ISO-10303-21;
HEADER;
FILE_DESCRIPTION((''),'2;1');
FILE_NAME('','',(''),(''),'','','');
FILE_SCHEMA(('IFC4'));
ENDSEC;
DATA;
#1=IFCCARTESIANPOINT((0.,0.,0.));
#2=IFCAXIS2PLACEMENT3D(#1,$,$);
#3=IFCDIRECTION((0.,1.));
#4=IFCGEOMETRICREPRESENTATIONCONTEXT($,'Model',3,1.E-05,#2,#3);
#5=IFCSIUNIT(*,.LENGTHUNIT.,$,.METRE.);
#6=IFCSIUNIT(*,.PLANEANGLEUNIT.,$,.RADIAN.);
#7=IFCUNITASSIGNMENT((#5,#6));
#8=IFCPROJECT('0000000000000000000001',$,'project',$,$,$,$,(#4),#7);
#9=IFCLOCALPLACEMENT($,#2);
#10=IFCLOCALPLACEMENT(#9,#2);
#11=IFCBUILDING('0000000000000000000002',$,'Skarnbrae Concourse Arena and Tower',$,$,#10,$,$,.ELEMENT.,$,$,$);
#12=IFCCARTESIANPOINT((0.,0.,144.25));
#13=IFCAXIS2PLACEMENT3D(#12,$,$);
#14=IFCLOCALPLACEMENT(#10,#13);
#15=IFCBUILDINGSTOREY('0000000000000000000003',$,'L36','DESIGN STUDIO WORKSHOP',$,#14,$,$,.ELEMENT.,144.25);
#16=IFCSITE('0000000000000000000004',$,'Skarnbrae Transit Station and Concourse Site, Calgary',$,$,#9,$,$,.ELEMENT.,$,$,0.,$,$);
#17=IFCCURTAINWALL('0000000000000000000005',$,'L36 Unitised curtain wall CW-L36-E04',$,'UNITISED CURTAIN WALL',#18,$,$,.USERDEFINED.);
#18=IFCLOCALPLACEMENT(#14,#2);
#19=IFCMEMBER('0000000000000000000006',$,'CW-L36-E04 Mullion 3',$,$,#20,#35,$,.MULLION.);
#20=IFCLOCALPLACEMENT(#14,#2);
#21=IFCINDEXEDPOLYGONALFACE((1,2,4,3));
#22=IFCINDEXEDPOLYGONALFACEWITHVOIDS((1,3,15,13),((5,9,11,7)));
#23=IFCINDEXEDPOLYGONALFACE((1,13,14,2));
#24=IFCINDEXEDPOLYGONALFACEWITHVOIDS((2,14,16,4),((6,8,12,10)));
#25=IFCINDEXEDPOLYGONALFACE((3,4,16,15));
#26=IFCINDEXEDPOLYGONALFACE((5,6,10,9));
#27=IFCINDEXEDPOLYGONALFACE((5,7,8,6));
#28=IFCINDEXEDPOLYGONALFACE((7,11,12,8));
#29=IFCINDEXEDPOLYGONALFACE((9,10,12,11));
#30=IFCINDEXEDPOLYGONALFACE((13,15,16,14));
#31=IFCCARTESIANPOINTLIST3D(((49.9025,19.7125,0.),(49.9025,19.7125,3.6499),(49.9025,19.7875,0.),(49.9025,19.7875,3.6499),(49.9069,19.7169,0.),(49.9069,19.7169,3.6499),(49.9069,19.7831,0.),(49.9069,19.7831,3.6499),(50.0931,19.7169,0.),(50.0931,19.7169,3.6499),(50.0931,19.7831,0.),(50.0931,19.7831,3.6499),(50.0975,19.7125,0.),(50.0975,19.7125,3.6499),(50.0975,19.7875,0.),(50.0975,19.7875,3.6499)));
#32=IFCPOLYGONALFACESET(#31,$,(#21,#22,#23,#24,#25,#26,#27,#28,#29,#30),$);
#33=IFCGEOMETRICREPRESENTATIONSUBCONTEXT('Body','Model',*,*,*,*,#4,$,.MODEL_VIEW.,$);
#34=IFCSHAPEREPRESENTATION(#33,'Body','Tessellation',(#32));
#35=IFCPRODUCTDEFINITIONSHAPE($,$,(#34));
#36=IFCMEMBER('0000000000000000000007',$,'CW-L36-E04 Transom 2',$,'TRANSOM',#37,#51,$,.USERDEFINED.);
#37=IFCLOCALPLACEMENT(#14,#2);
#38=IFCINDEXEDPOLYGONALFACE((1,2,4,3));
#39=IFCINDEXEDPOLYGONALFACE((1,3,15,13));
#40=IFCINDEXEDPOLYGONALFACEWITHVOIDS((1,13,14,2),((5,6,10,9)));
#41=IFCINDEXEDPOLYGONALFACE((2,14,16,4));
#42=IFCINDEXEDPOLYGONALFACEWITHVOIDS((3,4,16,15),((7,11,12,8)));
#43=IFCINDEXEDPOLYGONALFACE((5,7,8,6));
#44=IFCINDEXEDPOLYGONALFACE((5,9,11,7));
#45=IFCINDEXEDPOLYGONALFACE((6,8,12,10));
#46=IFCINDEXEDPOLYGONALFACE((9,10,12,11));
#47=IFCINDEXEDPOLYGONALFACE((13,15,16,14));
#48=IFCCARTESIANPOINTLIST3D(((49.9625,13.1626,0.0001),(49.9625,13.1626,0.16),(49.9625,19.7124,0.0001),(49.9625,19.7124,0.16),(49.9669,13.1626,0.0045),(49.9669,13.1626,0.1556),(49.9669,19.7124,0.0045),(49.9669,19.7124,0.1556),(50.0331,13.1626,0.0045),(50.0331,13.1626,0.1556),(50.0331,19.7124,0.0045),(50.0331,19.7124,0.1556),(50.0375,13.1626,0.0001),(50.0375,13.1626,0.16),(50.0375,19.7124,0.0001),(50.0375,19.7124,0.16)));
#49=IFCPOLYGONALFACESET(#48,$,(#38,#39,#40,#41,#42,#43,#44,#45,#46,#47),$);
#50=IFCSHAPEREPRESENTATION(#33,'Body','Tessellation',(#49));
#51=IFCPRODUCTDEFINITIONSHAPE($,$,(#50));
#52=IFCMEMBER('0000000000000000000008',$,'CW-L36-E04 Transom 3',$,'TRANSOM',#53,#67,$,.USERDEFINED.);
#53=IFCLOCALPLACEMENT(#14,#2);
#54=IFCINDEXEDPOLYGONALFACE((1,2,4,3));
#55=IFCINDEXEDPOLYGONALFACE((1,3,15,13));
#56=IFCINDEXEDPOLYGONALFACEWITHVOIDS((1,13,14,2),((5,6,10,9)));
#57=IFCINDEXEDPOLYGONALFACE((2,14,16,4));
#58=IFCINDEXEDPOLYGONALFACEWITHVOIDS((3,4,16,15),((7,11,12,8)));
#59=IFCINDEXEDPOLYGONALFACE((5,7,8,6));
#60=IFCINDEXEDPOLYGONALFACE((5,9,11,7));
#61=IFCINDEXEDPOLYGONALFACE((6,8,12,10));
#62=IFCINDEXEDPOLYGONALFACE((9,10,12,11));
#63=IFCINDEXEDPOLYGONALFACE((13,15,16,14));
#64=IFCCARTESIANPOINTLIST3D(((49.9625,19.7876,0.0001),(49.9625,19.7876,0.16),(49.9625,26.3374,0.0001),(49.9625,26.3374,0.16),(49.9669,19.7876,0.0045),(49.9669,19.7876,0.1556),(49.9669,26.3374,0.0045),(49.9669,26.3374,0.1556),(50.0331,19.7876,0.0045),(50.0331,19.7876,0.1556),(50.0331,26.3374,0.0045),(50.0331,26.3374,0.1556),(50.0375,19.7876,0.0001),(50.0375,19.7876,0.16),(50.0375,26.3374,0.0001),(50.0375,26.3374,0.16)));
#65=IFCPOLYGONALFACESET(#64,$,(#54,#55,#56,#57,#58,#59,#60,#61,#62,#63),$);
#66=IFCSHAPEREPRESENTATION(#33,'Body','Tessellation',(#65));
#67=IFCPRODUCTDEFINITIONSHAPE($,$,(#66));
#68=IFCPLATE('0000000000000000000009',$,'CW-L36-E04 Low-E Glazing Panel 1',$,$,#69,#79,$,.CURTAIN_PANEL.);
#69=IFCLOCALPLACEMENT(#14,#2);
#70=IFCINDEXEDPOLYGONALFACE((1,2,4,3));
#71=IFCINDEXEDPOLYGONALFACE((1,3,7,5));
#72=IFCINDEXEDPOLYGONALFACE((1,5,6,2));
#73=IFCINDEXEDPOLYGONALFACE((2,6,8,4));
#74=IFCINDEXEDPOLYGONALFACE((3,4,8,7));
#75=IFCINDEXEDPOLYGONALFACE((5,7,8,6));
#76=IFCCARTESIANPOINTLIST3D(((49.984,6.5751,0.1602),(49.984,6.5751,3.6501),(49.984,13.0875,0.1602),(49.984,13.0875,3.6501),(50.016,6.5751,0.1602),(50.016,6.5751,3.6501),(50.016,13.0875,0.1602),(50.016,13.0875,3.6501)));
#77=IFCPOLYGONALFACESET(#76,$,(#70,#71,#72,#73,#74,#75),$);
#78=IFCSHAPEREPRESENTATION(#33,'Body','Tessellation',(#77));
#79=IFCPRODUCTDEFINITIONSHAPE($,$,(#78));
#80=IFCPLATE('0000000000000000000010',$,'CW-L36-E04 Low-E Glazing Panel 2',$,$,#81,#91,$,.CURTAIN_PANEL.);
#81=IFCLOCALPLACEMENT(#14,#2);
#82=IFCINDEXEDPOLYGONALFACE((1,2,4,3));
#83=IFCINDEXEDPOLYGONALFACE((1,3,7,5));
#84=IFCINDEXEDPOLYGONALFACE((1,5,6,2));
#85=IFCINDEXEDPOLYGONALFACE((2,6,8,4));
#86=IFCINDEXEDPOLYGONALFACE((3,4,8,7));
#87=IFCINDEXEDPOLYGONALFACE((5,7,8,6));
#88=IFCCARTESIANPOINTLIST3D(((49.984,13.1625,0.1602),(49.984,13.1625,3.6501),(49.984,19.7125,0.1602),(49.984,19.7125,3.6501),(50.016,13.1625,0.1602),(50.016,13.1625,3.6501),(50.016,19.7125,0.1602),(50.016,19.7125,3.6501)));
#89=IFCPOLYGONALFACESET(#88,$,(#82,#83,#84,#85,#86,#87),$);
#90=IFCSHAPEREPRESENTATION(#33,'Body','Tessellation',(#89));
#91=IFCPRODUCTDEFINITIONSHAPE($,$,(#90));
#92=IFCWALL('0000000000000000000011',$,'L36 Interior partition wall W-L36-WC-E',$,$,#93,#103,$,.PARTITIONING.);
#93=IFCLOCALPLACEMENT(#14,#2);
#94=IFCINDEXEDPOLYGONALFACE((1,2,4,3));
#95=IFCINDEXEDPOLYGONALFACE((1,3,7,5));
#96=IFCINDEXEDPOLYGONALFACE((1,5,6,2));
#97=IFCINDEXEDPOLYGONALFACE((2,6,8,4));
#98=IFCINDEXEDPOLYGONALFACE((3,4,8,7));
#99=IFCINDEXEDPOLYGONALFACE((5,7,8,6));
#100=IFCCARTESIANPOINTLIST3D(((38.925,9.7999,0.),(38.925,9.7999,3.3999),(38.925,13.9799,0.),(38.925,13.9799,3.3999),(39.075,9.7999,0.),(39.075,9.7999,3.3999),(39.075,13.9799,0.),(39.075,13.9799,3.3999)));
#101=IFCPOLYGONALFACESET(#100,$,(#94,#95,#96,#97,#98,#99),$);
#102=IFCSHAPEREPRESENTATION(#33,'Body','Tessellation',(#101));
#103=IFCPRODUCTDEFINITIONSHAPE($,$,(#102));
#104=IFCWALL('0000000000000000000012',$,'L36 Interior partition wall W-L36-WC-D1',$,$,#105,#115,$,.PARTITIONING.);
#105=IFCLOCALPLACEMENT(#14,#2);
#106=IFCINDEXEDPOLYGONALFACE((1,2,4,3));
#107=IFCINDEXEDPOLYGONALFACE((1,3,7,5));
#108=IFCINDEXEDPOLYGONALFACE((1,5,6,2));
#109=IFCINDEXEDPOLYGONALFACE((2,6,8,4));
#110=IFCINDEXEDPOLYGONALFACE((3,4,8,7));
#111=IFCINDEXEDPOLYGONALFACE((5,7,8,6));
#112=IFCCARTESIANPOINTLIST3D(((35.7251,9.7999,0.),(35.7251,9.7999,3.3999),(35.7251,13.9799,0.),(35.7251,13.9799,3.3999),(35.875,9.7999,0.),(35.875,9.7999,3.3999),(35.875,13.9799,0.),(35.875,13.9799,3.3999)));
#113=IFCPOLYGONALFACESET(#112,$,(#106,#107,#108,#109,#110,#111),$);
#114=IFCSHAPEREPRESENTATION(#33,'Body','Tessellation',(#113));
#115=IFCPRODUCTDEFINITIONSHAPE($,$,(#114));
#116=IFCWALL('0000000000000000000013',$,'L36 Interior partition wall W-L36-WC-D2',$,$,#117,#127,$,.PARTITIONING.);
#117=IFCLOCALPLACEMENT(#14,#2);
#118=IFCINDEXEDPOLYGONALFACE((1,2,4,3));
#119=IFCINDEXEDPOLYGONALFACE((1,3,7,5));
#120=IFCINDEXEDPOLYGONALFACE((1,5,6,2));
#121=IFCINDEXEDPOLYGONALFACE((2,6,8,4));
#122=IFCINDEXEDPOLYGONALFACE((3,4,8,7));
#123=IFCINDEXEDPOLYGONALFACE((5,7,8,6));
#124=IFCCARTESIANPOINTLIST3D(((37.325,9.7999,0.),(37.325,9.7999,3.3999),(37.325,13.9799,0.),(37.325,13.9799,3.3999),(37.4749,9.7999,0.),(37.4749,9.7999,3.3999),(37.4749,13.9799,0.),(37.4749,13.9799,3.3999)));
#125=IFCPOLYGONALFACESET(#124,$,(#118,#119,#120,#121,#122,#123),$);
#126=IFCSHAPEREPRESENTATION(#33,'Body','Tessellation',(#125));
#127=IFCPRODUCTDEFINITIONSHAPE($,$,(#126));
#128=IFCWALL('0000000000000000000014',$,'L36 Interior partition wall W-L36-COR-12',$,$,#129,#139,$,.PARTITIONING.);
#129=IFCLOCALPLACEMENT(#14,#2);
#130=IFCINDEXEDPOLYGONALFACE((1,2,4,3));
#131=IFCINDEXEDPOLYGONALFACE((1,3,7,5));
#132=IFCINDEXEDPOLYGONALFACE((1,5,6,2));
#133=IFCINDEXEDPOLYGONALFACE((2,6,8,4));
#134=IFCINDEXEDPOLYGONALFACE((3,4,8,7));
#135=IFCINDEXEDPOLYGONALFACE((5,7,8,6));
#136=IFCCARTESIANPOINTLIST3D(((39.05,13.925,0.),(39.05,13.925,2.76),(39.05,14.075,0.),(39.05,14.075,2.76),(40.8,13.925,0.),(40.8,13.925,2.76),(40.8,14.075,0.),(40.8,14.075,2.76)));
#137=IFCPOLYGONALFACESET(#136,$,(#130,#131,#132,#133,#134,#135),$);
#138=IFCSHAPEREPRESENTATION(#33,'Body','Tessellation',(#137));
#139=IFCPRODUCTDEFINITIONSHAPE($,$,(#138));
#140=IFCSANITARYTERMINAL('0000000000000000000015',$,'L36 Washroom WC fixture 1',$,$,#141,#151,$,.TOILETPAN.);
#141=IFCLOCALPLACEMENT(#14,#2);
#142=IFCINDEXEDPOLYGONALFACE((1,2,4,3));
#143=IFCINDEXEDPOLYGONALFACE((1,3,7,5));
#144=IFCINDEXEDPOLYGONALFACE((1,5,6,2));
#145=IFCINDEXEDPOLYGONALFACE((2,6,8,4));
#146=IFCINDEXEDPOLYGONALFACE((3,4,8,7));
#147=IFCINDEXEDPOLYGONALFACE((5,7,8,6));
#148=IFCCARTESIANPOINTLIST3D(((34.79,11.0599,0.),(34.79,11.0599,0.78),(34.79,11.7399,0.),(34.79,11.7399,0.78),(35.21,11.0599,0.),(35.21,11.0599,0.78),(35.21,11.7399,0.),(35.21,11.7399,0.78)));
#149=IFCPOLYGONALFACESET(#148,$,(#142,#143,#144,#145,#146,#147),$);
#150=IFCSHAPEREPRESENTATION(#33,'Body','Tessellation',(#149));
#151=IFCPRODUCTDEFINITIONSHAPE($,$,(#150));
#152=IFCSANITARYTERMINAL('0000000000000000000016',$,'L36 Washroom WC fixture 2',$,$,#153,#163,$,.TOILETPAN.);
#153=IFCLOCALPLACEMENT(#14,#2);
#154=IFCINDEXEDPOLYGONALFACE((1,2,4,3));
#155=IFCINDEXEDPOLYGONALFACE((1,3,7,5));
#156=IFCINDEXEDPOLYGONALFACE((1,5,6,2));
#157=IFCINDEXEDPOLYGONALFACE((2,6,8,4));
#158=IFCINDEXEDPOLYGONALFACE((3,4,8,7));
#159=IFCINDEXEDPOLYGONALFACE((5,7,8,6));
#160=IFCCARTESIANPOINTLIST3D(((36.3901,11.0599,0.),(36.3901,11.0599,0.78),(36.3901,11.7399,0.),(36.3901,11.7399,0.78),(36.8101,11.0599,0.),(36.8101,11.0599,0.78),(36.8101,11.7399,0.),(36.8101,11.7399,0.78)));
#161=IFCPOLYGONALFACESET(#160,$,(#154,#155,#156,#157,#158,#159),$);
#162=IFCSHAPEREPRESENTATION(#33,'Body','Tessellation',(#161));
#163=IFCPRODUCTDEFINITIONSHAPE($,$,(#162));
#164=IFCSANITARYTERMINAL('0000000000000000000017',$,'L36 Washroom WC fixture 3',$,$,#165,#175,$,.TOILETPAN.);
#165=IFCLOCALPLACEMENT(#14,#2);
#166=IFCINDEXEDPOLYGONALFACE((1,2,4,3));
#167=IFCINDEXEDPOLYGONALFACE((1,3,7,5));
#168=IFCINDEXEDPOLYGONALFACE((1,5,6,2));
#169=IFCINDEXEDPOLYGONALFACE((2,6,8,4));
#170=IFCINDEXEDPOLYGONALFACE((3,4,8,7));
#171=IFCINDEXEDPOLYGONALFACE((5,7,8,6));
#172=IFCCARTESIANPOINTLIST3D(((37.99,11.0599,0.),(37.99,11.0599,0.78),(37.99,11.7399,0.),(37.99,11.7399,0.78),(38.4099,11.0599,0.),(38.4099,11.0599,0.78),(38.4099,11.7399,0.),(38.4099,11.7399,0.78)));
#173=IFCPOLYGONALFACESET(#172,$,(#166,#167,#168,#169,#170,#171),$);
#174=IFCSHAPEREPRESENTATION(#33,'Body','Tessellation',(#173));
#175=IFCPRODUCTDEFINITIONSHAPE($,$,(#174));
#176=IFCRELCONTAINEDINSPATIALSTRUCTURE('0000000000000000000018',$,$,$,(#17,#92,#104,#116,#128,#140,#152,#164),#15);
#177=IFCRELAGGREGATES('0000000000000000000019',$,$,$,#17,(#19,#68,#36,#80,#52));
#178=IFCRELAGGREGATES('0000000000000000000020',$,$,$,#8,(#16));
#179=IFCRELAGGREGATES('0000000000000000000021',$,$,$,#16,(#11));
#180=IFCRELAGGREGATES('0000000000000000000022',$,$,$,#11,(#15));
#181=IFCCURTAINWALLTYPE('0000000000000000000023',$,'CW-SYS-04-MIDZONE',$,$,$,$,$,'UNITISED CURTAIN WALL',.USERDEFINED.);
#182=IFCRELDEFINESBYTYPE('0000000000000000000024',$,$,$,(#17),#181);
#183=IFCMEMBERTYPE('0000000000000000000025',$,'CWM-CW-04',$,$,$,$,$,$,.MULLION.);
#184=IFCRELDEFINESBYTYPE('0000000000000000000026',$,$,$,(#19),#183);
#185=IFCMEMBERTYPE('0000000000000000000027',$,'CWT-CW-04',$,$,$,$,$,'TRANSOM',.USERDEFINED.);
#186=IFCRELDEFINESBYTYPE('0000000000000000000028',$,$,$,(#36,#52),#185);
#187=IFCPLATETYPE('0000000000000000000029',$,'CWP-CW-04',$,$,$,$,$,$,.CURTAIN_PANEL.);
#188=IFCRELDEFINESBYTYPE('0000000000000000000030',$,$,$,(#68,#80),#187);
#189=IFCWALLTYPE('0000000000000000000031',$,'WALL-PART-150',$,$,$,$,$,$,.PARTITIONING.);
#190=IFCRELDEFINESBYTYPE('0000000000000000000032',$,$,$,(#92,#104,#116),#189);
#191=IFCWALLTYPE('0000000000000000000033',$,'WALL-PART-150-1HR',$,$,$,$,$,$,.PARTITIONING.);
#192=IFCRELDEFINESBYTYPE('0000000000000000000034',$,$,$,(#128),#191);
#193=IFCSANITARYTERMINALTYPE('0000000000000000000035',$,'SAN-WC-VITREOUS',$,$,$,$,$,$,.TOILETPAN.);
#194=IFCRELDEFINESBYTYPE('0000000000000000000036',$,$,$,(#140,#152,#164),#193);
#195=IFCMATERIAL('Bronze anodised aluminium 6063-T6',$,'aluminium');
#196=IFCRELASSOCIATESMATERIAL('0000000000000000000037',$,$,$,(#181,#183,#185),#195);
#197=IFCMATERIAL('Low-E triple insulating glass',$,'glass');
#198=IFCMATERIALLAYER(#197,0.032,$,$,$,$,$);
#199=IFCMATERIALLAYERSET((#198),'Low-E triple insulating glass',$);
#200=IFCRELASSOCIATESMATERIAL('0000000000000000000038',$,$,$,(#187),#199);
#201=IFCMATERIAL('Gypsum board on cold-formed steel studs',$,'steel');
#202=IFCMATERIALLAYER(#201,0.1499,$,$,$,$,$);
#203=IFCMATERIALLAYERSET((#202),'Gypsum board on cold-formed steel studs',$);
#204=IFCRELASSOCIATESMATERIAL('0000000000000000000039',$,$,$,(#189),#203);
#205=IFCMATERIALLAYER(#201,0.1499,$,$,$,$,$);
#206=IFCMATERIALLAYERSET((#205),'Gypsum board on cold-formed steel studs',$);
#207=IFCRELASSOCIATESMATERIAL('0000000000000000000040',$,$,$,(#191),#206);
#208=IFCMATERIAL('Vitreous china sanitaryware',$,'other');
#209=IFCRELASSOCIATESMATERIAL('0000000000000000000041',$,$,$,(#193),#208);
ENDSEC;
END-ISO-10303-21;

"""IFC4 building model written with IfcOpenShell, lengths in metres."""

from ifc_helpers import new_model, si_unit, direction, frame, frame_2d, origin, origin_2d, place, context, subcontext, project, spatial, rectangle, hollow_rectangle, extrude, source, transform, mapped, material, layer, layer_set, material_profile, profile_set, type_object, element, aggregate, save


model = new_model("IFC4")

# Units and contexts
model_context = context("Model", 3, precision=1e-05, world=origin(), true_north=direction((0.0, 1.0)))
body_context = subcontext(model_context, "Body", "Model", "MODEL_VIEW")
ifc_project = project(units=[si_unit("LENGTHUNIT", "METRE"), si_unit("PLANEANGLEUNIT", "RADIAN")], contexts=[model_context])

# Site, building, storey
site_placement = place(None, origin())
site = spatial("IfcSite", under=ifc_project, at=site_placement, Name="Skarnbrae Transit Station and Concourse Site, Calgary", CompositionType="ELEMENT", RefElevation=0.0)
building_placement = place(site_placement, origin())
building = spatial("IfcBuilding", under=site, at=building_placement, Name="Skarnbrae Concourse Arena and Tower", CompositionType="ELEMENT")
storey_placement = place(building_placement, frame((0.0, 0.0, 144.25)))
storey = spatial("IfcBuildingStorey", under=building, at=storey_placement, Name="L36", Description="DESIGN STUDIO WORKSHOP", CompositionType="ELEMENT", Elevation=144.25)

# Curtain wall, members, plates
ifc_material_1 = material(Name="Bronze anodised aluminium 6063-T6", Category="aluminium")
curtain_wall_type = type_object("IfcCurtainWallType", Name="CW-SYS-04-MIDZONE", ElementType="UNITISED CURTAIN WALL", PredefinedType="USERDEFINED", material=ifc_material_1)
curtain_wall_placement = place(storey_placement, origin())
curtain_wall = element("IfcCurtainWall", 1, at=curtain_wall_placement, inside=storey, type_object=curtain_wall_type, Name="L36 Unitised curtain wall CW-L36-E04", ObjectType="UNITISED CURTAIN WALL", PredefinedType="USERDEFINED")
ifc_material_profile_1 = material_profile(ifc_material_1, hollow_rectangle(XDim=0.075, YDim=0.1951, WallThickness=0.0044, at=origin_2d()), Name="ALU-MULL-75X195")
ifc_profile_set_1 = profile_set([ifc_material_profile_1], Name="Bronze anodised aluminium 6063-T6")
member_type_1 = type_object("IfcMemberType", Name="CWM-CW-04", PredefinedType="MULLION", material=ifc_profile_set_1)
shared_shape_1 = source(origin(), body_context, "Body", "SweptSolid", [
    extrude(hollow_rectangle(XDim=0.075, YDim=0.1951, WallThickness=0.0044, at=origin_2d()), origin(), (0.0, 0.0, 1.0), 3.6499),
])
member_1_placement = place(storey_placement, frame((50.0, 19.75, 0.0), z_axis=(0.0, 0.0, 1.0), x_axis=(0.0, 1.0, 0.0)))
member_1 = element("IfcMember", 2, at=member_1_placement, type_object=member_type_1, Name="CW-L36-E04 Mullion 3", PredefinedType="MULLION", context=body_context, shape_type="MappedRepresentation", body=[
    mapped(shared_shape_1, transform((0.0, 0.0, 0.0))),
])
ifc_material_profile_2 = material_profile(ifc_material_1, hollow_rectangle(XDim=0.075, YDim=0.1599, WallThickness=0.0044, at=origin_2d()), Name="ALU-TRAN-75X160")
ifc_profile_set_2 = profile_set([ifc_material_profile_2], Name="Bronze anodised aluminium 6063-T6")
member_type_2 = type_object("IfcMemberType", Name="CWT-CW-04", ElementType="TRANSOM", PredefinedType="USERDEFINED", material=ifc_profile_set_2)
shared_shape_2 = source(origin(), body_context, "Body", "SweptSolid", [
    extrude(hollow_rectangle(XDim=0.075, YDim=0.1599, WallThickness=0.0044, at=origin_2d()), origin(), (0.0, 0.0, 1.0), 6.5498),
])
member_2_placement = place(storey_placement, frame((50.0, 13.1626, 0.0801), z_axis=(0.0, 1.0, 0.0), x_axis=(-1.0, 0.0, 0.0)))
member_2 = element("IfcMember", 3, at=member_2_placement, type_object=member_type_2, Name="CW-L36-E04 Transom 2", ObjectType="TRANSOM", PredefinedType="USERDEFINED", context=body_context, shape_type="MappedRepresentation", body=[
    mapped(shared_shape_2, transform((0.0, 0.0, 0.0))),
])
member_3_placement = place(storey_placement, frame((50.0, 19.7876, 0.0801), z_axis=(0.0, 1.0, 0.0), x_axis=(-1.0, 0.0, 0.0)))
member_3 = element("IfcMember", 4, at=member_3_placement, type_object=member_type_2, Name="CW-L36-E04 Transom 3", ObjectType="TRANSOM", PredefinedType="USERDEFINED", context=body_context, shape_type="MappedRepresentation", body=[
    mapped(shared_shape_2, transform((0.0, 0.0, 0.0))),
])
ifc_material_2 = material(Name="Low-E triple insulating glass", Category="glass")
ifc_layer_1 = layer(ifc_material_2, 0.032)
ifc_layer_set_1 = layer_set([ifc_layer_1], Name="Low-E triple insulating glass")
plate_type = type_object("IfcPlateType", Name="CWP-CW-04", PredefinedType="CURTAIN_PANEL", material=ifc_layer_set_1)
shared_shape_3 = source(origin(), body_context, "Body", "SweptSolid", [
    extrude(rectangle(XDim=6.5125, YDim=0.032, at=origin_2d()), origin(), (0.0, 0.0, 1.0), 3.49),
])
plate_1_placement = place(storey_placement, frame((50.0, 9.8313, 0.1602), z_axis=(0.0, 0.0, 1.0), x_axis=(0.0, 1.0, 0.0)))
plate_1 = element("IfcPlate", 5, at=plate_1_placement, type_object=plate_type, Name="CW-L36-E04 Low-E Glazing Panel 1", PredefinedType="CURTAIN_PANEL", context=body_context, shape_type="MappedRepresentation", body=[
    mapped(shared_shape_3, transform((0.0, 0.0, 0.0))),
])
shared_shape_4 = source(origin(), body_context, "Body", "SweptSolid", [
    extrude(rectangle(XDim=6.55, YDim=0.032, at=origin_2d()), origin(), (0.0, 0.0, 1.0), 3.49),
])
plate_2_placement = place(storey_placement, frame((50.0, 16.4375, 0.1602), z_axis=(0.0, 0.0, 1.0), x_axis=(0.0, 1.0, 0.0)))
plate_2 = element("IfcPlate", 6, at=plate_2_placement, type_object=plate_type, Name="CW-L36-E04 Low-E Glazing Panel 2", PredefinedType="CURTAIN_PANEL", context=body_context, shape_type="MappedRepresentation", body=[
    mapped(shared_shape_4, transform((0.0, 0.0, 0.0))),
])
aggregate(curtain_wall, [member_1, plate_1, member_2, plate_2, member_3])

# Walls
ifc_material_3 = material(Name="Gypsum board on cold-formed steel studs", Category="steel")
ifc_layer_2 = layer(ifc_material_3, 0.1499)
ifc_layer_set_2 = layer_set([ifc_layer_2], Name="Gypsum board on cold-formed steel studs")
wall_type_1 = type_object("IfcWallType", Name="WALL-PART-150", PredefinedType="PARTITIONING", material=ifc_layer_set_2)
shared_shape_5 = source(origin(), body_context, "Body", "SweptSolid", [
    extrude(rectangle(XDim=4.1799, YDim=0.1499, at=frame_2d((2.0898, 0.0))), origin(), (0.0, 0.0, 1.0), 3.3999),
])
for number, where, z_axis, x_axis, name in (
    (7, (39.0, 9.8, 0.0), (0.0, 0.0, 1.0), (0.0, 1.0, 0.0), "L36 Interior partition wall W-L36-WC-E"),
    (8, (35.8, 9.8, 0.0), (0.0, 0.0, 1.0), (0.0, 1.0, 0.0), "L36 Interior partition wall W-L36-WC-D1"),
    (9, (37.3999, 9.8, 0.0), (0.0, 0.0, 1.0), (0.0, 1.0, 0.0), "L36 Interior partition wall W-L36-WC-D2"),
):
    element("IfcWall", number, at=place(storey_placement, frame(where, z_axis=z_axis, x_axis=x_axis)), inside=storey, type_object=wall_type_1, Name=name, PredefinedType="PARTITIONING", context=body_context, shape_type="MappedRepresentation", body=[
        mapped(shared_shape_5, transform((0.0, 0.0, 0.0))),
    ])

# Shared definitions
ifc_layer_3 = layer(ifc_material_3, 0.1499)
ifc_layer_set_3 = layer_set([ifc_layer_3], Name="Gypsum board on cold-formed steel studs")
wall_type_2 = type_object("IfcWallType", Name="WALL-PART-150-1HR", PredefinedType="PARTITIONING", material=ifc_layer_set_3)

# Wall
shared_shape_6 = source(origin(), body_context, "Body", "SweptSolid", [
    extrude(rectangle(XDim=1.75, YDim=0.1499, at=frame_2d((0.875, 0.0))), origin(), (0.0, 0.0, 1.0), 2.76),
])
wall_1_placement = place(storey_placement, frame((40.8, 14.0, 0.0), z_axis=(0.0, 0.0, 1.0), x_axis=(-1.0, 0.0, 0.0)))
element("IfcWall", 10, at=wall_1_placement, inside=storey, type_object=wall_type_2, Name="L36 Interior partition wall W-L36-COR-12", PredefinedType="PARTITIONING", context=body_context, shape_type="MappedRepresentation", body=[
    mapped(shared_shape_6, transform((0.0, 0.0, 0.0))),
])

# Sanitary terminals
ifc_material_4 = material(Name="Vitreous china sanitaryware", Category="other")
sanitary_terminal_type = type_object("IfcSanitaryTerminalType", Name="SAN-WC-VITREOUS", PredefinedType="TOILETPAN", material=ifc_material_4)
shared_shape_7 = source(origin(), body_context, "Body", "SweptSolid", [
    extrude(rectangle(XDim=0.4199, YDim=0.6799, at=origin_2d()), origin(), (0.0, 0.0, 1.0), 0.78),
])
for number, where, z_axis, x_axis, name in (
    (11, (35.0, 11.3999, 0.0), (0.0, 0.0, 1.0), (1.0, 0.0, 0.0), "L36 Washroom WC fixture 1"),
    (12, (36.6001, 11.3999, 0.0), (0.0, 0.0, 1.0), (1.0, 0.0, 0.0), "L36 Washroom WC fixture 2"),
    (13, (38.2, 11.3999, 0.0), (0.0, 0.0, 1.0), (1.0, 0.0, 0.0), "L36 Washroom WC fixture 3"),
):
    element("IfcSanitaryTerminal", number, at=place(storey_placement, frame(where, z_axis=z_axis, x_axis=x_axis)), inside=storey, type_object=sanitary_terminal_type, Name=name, PredefinedType="TOILETPAN", context=body_context, shape_type="MappedRepresentation", body=[
        mapped(shared_shape_7, transform((0.0, 0.0, 0.0))),
    ])

save(model, "model.ifc")
